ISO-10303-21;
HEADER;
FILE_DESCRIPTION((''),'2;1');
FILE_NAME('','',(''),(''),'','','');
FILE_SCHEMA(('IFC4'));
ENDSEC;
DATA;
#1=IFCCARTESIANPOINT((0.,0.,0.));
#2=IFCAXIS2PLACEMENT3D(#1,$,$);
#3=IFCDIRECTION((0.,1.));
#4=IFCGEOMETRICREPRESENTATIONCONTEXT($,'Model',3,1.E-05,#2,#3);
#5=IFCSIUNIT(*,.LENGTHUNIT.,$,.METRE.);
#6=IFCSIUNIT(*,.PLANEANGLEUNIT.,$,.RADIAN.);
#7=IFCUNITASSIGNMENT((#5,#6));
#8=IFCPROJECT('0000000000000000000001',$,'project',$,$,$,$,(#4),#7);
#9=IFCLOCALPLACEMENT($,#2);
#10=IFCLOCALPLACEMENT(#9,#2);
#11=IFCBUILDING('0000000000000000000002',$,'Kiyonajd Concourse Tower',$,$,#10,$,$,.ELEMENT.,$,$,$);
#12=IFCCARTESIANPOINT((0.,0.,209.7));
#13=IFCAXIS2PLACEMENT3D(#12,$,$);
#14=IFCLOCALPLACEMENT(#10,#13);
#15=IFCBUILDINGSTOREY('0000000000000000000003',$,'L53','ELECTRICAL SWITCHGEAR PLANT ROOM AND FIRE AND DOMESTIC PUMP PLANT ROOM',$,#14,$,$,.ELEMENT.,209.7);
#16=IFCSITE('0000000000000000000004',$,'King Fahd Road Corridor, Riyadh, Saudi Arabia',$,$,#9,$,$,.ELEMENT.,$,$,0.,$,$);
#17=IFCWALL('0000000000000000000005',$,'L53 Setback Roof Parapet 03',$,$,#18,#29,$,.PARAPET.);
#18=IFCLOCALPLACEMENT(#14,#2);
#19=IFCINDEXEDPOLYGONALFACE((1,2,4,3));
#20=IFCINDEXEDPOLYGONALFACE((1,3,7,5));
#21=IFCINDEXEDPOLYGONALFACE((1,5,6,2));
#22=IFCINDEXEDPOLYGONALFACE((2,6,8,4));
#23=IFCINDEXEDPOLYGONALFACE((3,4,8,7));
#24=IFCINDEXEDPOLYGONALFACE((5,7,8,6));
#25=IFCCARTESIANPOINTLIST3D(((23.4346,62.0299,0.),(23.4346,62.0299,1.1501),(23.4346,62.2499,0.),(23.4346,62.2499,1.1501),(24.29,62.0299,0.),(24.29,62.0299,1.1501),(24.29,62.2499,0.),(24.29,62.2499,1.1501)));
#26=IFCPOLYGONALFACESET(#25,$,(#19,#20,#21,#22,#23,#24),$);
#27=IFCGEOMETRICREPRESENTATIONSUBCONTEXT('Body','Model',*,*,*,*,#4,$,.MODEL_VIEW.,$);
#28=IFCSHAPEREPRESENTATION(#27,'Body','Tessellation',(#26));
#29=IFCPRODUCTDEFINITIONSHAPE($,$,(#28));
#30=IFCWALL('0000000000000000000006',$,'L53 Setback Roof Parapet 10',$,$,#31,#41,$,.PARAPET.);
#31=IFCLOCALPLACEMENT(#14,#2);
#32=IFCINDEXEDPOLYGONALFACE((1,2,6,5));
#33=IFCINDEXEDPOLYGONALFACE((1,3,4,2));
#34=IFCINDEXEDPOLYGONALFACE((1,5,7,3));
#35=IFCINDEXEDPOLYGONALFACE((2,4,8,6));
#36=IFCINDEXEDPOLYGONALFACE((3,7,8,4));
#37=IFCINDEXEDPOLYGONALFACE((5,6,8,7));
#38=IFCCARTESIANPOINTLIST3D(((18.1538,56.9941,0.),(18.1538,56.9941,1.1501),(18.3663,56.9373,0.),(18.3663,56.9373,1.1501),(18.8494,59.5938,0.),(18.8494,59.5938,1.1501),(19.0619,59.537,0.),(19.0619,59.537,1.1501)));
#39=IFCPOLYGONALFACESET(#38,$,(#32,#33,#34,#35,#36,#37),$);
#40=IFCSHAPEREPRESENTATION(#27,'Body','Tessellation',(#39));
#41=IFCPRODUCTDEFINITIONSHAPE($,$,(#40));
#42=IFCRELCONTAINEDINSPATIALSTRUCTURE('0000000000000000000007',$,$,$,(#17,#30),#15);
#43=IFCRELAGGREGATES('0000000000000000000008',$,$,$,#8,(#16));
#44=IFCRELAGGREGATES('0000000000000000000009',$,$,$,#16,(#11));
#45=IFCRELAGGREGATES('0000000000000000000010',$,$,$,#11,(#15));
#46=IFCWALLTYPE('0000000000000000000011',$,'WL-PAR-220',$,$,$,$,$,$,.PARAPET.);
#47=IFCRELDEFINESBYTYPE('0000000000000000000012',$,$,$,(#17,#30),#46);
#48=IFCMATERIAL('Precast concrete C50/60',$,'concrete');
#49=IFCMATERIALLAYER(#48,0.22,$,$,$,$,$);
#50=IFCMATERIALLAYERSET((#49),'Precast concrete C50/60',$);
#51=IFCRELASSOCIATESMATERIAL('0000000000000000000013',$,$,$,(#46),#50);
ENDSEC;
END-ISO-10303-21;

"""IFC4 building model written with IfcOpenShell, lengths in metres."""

from ifc_helpers import new_model, si_unit, direction, frame, frame_2d, origin, place, context, subcontext, project, spatial, rectangle, extrude, material, layer, layer_set, type_object, element, save


model = new_model("IFC4")

# Units and contexts
model_context = context("Model", 3, precision=1e-05, world=origin(), true_north=direction((0.0, 1.0)))
body_context = subcontext(model_context, "Body", "Model", "MODEL_VIEW")
ifc_project = project(units=[si_unit("LENGTHUNIT", "METRE"), si_unit("PLANEANGLEUNIT", "RADIAN")], contexts=[model_context])

# Site, building, storey
site_placement = place(None, origin())
site = spatial("IfcSite", under=ifc_project, at=site_placement, Name="King Fahd Road Corridor, Riyadh, Saudi Arabia", CompositionType="ELEMENT", RefElevation=0.0)
building_placement = place(site_placement, origin())
building = spatial("IfcBuilding", under=site, at=building_placement, Name="Kiyonajd Concourse Tower", CompositionType="ELEMENT")
storey_placement = place(building_placement, frame((0.0, 0.0, 209.7)))
storey = spatial("IfcBuildingStorey", under=building, at=storey_placement, Name="L53", Description="ELECTRICAL SWITCHGEAR PLANT ROOM AND FIRE AND DOMESTIC PUMP PLANT ROOM", CompositionType="ELEMENT", Elevation=209.7)

# Shared definitions
ifc_material_1 = material(Name="Precast concrete C50/60", Category="concrete")

# Walls
ifc_layer_1 = layer(ifc_material_1, 0.22)
ifc_layer_set_1 = layer_set([ifc_layer_1], Name="Precast concrete C50/60")
wall_type_1 = type_object("IfcWallType", Name="WL-PAR-220", PredefinedType="PARAPET", material=ifc_layer_set_1)
wall_1_placement = place(storey_placement, frame((23.4346, 62.1399, 0.0), z_axis=(0.0, 0.0, 1.0), x_axis=(1.0, 0.0, 0.0)))
element("IfcWall", 1, at=wall_1_placement, inside=storey, type_object=wall_type_1, Name="L53 Setback Roof Parapet 03", PredefinedType="PARAPET", context=body_context, shape_type="SweptSolid", body=[
    extrude(rectangle(XDim=0.8555, YDim=0.22, at=frame_2d((0.4277, 0.0))), origin(), (0.0, 0.0, 1.0), 1.1501),
])
wall_2_placement = place(storey_placement, frame((18.26, 56.9656, 0.0), z_axis=(0.0, 0.0, 1.0), x_axis=(0.25847, 0.966019, 0.0)))
element("IfcWall", 2, at=wall_2_placement, inside=storey, type_object=wall_type_1, Name="L53 Setback Roof Parapet 10", PredefinedType="PARAPET", context=body_context, shape_type="SweptSolid", body=[
    extrude(rectangle(XDim=2.6912, YDim=0.22, at=frame_2d((1.3457, 0.0))), origin(), (0.0, 0.0, 1.0), 1.1501),
])

save(model, "model.ifc")
